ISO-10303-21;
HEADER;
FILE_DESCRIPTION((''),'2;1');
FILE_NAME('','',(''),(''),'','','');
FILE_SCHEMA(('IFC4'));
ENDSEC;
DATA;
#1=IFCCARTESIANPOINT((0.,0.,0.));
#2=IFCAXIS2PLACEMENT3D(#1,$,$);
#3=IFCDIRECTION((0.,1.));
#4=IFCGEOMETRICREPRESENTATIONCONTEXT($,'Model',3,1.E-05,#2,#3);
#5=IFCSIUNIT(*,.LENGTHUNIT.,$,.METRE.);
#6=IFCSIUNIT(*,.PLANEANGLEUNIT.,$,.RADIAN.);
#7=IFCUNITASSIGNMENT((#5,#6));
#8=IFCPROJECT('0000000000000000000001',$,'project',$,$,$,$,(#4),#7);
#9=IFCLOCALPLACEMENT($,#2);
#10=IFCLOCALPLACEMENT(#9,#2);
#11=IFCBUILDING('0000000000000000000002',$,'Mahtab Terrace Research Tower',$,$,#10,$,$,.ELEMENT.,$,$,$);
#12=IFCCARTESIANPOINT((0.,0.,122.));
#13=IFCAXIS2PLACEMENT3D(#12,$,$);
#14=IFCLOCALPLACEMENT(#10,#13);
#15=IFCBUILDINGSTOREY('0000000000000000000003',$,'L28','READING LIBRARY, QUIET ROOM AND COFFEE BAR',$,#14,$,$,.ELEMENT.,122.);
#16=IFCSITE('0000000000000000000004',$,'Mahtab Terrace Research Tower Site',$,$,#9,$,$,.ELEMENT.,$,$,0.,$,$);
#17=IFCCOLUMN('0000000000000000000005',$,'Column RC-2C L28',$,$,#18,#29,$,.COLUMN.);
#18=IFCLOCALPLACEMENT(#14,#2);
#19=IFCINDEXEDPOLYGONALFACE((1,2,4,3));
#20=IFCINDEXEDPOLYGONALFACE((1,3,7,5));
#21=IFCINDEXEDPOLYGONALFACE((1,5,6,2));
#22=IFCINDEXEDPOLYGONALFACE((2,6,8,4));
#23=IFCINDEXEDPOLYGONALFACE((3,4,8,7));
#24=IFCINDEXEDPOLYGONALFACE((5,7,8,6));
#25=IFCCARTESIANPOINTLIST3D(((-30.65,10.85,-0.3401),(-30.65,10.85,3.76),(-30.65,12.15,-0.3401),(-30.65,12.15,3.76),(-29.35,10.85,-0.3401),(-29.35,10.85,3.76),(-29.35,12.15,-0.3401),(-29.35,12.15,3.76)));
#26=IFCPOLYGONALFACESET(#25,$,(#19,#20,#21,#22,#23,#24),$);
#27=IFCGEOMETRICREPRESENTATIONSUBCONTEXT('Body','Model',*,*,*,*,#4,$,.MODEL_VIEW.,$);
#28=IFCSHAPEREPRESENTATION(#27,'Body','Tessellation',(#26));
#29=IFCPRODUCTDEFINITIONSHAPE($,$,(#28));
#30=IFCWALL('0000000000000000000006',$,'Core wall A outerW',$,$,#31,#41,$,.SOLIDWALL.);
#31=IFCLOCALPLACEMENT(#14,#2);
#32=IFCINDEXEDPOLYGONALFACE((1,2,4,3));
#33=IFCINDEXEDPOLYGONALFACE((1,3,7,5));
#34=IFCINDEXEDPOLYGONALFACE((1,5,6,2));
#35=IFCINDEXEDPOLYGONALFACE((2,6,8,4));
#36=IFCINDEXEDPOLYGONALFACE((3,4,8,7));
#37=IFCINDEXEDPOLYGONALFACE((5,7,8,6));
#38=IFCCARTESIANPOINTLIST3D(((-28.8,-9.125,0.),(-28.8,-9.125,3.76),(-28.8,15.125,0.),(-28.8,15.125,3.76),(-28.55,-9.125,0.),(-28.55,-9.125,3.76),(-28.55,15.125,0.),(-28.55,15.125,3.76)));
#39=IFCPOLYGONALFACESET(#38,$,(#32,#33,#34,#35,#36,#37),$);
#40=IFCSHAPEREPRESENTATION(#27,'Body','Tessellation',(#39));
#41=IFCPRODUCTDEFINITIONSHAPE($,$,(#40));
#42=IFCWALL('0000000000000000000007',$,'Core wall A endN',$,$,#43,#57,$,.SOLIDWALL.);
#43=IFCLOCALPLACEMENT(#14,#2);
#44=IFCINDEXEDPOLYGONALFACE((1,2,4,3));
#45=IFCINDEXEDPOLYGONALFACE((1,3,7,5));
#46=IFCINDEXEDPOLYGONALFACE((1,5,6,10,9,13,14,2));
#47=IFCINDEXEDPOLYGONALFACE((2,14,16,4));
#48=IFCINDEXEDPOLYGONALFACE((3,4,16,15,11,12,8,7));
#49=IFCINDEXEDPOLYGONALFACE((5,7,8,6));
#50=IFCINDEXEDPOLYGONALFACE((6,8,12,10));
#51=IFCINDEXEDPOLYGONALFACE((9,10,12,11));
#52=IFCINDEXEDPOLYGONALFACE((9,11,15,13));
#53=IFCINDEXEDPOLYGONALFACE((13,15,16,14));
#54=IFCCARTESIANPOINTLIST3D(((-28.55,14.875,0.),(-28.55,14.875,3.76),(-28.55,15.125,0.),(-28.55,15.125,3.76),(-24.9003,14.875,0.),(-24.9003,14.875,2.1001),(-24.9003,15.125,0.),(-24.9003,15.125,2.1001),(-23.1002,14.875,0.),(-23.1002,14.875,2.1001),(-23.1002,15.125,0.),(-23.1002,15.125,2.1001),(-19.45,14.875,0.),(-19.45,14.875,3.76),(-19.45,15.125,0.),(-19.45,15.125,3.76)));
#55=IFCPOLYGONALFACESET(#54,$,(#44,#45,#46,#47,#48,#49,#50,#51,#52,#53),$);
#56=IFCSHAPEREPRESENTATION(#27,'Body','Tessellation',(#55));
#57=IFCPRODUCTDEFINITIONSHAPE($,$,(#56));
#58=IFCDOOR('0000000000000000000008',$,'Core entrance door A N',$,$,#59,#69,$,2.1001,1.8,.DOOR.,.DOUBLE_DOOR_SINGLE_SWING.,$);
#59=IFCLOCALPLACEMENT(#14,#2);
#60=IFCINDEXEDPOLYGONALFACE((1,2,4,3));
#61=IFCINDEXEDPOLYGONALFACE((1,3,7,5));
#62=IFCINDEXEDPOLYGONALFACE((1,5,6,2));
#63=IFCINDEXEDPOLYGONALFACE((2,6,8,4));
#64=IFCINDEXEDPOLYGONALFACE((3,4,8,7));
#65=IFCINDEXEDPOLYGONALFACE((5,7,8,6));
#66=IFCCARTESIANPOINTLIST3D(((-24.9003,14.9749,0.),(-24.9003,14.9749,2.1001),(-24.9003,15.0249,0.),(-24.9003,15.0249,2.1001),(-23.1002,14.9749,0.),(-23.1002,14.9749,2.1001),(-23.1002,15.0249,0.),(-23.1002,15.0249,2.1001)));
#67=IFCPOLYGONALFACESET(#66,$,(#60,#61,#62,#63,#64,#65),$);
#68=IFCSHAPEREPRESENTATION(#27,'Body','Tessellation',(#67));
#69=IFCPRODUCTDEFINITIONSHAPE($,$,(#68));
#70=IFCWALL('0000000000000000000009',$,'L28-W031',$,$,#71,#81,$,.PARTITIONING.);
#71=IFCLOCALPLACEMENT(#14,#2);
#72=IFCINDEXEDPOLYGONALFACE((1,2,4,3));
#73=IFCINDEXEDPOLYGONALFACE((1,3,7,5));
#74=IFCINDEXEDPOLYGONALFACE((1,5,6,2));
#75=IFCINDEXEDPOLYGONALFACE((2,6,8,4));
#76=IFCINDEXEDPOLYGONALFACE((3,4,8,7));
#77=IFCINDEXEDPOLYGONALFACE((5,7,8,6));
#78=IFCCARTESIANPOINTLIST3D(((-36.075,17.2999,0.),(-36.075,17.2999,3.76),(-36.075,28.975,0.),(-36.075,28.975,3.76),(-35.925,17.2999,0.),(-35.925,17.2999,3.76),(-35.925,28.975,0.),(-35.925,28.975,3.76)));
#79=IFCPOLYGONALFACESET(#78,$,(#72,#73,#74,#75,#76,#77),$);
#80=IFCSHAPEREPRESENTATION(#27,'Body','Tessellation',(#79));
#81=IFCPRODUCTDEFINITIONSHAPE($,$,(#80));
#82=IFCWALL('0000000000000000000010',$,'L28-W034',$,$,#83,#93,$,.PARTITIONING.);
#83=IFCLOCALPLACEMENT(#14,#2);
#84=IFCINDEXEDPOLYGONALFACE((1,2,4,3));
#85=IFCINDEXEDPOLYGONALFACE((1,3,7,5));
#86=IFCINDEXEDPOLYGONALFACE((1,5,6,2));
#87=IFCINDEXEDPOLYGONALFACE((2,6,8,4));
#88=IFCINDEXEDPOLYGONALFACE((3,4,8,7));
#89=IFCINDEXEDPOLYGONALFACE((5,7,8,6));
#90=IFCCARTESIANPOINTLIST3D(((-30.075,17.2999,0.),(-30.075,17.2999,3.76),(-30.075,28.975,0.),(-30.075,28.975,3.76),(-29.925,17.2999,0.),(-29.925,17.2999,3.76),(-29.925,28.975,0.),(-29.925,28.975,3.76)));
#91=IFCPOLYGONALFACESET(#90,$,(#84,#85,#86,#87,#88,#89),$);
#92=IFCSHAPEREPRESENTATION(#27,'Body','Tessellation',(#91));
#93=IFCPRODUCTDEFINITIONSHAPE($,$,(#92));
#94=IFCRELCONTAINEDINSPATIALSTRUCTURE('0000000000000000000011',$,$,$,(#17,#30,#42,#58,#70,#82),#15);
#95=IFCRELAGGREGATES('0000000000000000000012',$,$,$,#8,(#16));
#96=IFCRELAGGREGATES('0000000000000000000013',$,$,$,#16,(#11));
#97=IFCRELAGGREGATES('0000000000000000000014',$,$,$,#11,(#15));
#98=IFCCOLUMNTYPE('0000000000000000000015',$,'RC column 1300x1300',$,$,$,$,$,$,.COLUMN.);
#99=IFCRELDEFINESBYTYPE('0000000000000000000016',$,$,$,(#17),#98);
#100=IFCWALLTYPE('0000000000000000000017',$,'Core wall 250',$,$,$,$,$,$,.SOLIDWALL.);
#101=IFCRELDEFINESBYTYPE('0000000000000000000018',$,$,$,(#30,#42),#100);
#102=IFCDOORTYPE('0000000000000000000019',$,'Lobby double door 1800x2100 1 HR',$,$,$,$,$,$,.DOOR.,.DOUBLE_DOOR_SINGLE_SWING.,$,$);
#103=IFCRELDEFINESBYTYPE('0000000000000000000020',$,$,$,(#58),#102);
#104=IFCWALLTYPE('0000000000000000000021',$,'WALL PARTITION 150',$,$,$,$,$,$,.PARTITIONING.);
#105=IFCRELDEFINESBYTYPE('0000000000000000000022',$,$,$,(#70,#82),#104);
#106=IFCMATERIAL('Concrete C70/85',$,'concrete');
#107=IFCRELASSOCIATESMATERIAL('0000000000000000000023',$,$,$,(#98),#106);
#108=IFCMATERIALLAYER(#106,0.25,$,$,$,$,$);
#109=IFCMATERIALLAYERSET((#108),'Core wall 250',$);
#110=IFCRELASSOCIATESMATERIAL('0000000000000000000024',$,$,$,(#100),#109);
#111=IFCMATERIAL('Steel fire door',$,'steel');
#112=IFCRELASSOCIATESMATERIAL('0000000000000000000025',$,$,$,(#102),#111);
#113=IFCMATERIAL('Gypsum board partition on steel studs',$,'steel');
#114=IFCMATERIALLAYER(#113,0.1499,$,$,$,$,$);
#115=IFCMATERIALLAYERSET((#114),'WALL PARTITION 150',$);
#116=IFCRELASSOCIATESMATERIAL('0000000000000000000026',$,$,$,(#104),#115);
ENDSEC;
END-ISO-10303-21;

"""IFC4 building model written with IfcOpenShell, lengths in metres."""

from ifc_helpers import new_model, si_unit, direction, frame, frame_2d, origin, origin_2d, place, context, subcontext, project, spatial, rectangle, extrude, material, layer, layer_set, material_profile, profile_set, type_object, element, fill, save


model = new_model("IFC4")

# Units and contexts
model_context = context("Model", 3, precision=1e-05, world=origin(), true_north=direction((0.0, 1.0)))
body_context = subcontext(model_context, "Body", "Model", "MODEL_VIEW")
ifc_project = project(units=[si_unit("LENGTHUNIT", "METRE"), si_unit("PLANEANGLEUNIT", "RADIAN")], contexts=[model_context])

# Site, building, storey
site_placement = place(None, origin())
site = spatial("IfcSite", under=ifc_project, at=site_placement, Name="Mahtab Terrace Research Tower Site", CompositionType="ELEMENT", RefElevation=0.0)
building_placement = place(site_placement, origin())
building = spatial("IfcBuilding", under=site, at=building_placement, Name="Mahtab Terrace Research Tower", CompositionType="ELEMENT")
storey_placement = place(building_placement, frame((0.0, 0.0, 122.0)))
storey = spatial("IfcBuildingStorey", under=building, at=storey_placement, Name="L28", Description="READING LIBRARY, QUIET ROOM AND COFFEE BAR", CompositionType="ELEMENT", Elevation=122.0)

# Column
ifc_material_1 = material(Name="Concrete C70/85", Category="concrete")
ifc_material_profile = material_profile(ifc_material_1, rectangle(XDim=1.3, YDim=1.3, at=origin_2d()), Name="RC column 1300x1300")
ifc_profile_set = profile_set([ifc_material_profile], Name="Concrete C70/85")
column_type = type_object("IfcColumnType", Name="RC column 1300x1300", PredefinedType="COLUMN", material=ifc_profile_set)
column_placement = place(storey_placement, frame((-30.0, 11.5, -0.3401), z_axis=(0.0, 0.0, 1.0), x_axis=(1.0, 0.0, 0.0)))
element("IfcColumn", 1, at=column_placement, inside=storey, type_object=column_type, Name="Column RC-2C L28", PredefinedType="COLUMN", context=body_context, shape_type="SweptSolid", body=[
    extrude(rectangle(XDim=1.3, YDim=1.3, at=origin_2d()), origin(), (0.0, 0.0, 1.0), 4.1001),
])

# Wall
ifc_layer_1 = layer(ifc_material_1, 0.25)
ifc_layer_set_1 = layer_set([ifc_layer_1], Name="Core wall 250")
wall_type_1 = type_object("IfcWallType", Name="Core wall 250", PredefinedType="SOLIDWALL", material=ifc_layer_set_1)
wall_1_placement = place(storey_placement, frame((-28.675, 15.125, 0.0), z_axis=(0.0, 0.0, 1.0), x_axis=(0.0, -1.0, 0.0)))
element("IfcWall", 2, at=wall_1_placement, inside=storey, type_object=wall_type_1, Name="Core wall A outerW", PredefinedType="SOLIDWALL", context=body_context, shape_type="SweptSolid", body=[
    extrude(rectangle(XDim=24.25, YDim=0.25, at=frame_2d((12.125, 0.0))), origin(), (0.0, 0.0, 1.0), 3.76),
])

# Wall, opening, door
wall_2_placement = place(storey_placement, frame((-28.55, 15.0, 0.0), z_axis=(0.0, 0.0, 1.0), x_axis=(1.0, 0.0, 0.0)))
wall_2 = element("IfcWall", 3, at=wall_2_placement, inside=storey, type_object=wall_type_1, Name="Core wall A endN", PredefinedType="SOLIDWALL", context=body_context, shape_type="SweptSolid", body=[
    extrude(rectangle(XDim=9.1001, YDim=0.25, at=frame_2d((4.55, 0.0))), origin(), (0.0, 0.0, 1.0), 3.76),
])
opening_placement = place(wall_2_placement, frame((3.6499, 0.0, 0.0)))
opening = element("IfcOpeningElement", 4, at=opening_placement, cuts=wall_2, PredefinedType="OPENING", context=body_context, shape_type="SweptSolid", body=[
    extrude(rectangle(XDim=1.8, YDim=2.1001, at=frame_2d((0.8999, 1.05))), frame((0.0, 0.135, 0.0), z_axis=(0.0, -1.0, 0.0), x_axis=(1.0, 0.0, 0.0)), (0.0, 0.0, 1.0), 0.27),
])
ifc_material_2 = material(Name="Steel fire door", Category="steel")
door_type = type_object("IfcDoorType", Name="Lobby double door 1800x2100 1 HR", OperationType="DOUBLE_DOOR_SINGLE_SWING", PredefinedType="DOOR", material=ifc_material_2)
door_placement = place(opening_placement, origin())
door = element("IfcDoor", 5, at=door_placement, inside=storey, type_object=door_type, Name="Core entrance door A N", OperationType="DOUBLE_DOOR_SINGLE_SWING", OverallHeight=2.1001, OverallWidth=1.8, PredefinedType="DOOR", context=body_context, shape_type="SweptSolid", body=[
    extrude(rectangle(XDim=1.8, YDim=2.1001, at=frame_2d((0.8999, 1.05))), frame((0.0, 0.0249, 0.0), z_axis=(0.0, -1.0, 0.0), x_axis=(1.0, 0.0, 0.0)), (0.0, 0.0, 1.0), 0.05),
])
fill(opening, door)

# Walls
ifc_material_3 = material(Name="Gypsum board partition on steel studs", Category="steel")
ifc_layer_2 = layer(ifc_material_3, 0.1499)
ifc_layer_set_2 = layer_set([ifc_layer_2], Name="WALL PARTITION 150")
wall_type_2 = type_object("IfcWallType", Name="WALL PARTITION 150", PredefinedType="PARTITIONING", material=ifc_layer_set_2)
for number, where, z_axis, x_axis, name in (
    (6, (-36.0, 17.3, 0.0), (0.0, 0.0, 1.0), (0.0, 1.0, 0.0), "L28-W031"),
    (7, (-30.0, 17.3, 0.0), (0.0, 0.0, 1.0), (0.0, 1.0, 0.0), "L28-W034"),
):
    element("IfcWall", number, at=place(storey_placement, frame(where, z_axis=z_axis, x_axis=x_axis)), inside=storey, type_object=wall_type_2, Name=name, PredefinedType="PARTITIONING", context=body_context, shape_type="SweptSolid", body=[
        extrude(rectangle(XDim=11.675, YDim=0.1499, at=frame_2d((5.8374, 0.0))), origin(), (0.0, 0.0, 1.0), 3.76),
    ])

save(model, "model.ifc")
